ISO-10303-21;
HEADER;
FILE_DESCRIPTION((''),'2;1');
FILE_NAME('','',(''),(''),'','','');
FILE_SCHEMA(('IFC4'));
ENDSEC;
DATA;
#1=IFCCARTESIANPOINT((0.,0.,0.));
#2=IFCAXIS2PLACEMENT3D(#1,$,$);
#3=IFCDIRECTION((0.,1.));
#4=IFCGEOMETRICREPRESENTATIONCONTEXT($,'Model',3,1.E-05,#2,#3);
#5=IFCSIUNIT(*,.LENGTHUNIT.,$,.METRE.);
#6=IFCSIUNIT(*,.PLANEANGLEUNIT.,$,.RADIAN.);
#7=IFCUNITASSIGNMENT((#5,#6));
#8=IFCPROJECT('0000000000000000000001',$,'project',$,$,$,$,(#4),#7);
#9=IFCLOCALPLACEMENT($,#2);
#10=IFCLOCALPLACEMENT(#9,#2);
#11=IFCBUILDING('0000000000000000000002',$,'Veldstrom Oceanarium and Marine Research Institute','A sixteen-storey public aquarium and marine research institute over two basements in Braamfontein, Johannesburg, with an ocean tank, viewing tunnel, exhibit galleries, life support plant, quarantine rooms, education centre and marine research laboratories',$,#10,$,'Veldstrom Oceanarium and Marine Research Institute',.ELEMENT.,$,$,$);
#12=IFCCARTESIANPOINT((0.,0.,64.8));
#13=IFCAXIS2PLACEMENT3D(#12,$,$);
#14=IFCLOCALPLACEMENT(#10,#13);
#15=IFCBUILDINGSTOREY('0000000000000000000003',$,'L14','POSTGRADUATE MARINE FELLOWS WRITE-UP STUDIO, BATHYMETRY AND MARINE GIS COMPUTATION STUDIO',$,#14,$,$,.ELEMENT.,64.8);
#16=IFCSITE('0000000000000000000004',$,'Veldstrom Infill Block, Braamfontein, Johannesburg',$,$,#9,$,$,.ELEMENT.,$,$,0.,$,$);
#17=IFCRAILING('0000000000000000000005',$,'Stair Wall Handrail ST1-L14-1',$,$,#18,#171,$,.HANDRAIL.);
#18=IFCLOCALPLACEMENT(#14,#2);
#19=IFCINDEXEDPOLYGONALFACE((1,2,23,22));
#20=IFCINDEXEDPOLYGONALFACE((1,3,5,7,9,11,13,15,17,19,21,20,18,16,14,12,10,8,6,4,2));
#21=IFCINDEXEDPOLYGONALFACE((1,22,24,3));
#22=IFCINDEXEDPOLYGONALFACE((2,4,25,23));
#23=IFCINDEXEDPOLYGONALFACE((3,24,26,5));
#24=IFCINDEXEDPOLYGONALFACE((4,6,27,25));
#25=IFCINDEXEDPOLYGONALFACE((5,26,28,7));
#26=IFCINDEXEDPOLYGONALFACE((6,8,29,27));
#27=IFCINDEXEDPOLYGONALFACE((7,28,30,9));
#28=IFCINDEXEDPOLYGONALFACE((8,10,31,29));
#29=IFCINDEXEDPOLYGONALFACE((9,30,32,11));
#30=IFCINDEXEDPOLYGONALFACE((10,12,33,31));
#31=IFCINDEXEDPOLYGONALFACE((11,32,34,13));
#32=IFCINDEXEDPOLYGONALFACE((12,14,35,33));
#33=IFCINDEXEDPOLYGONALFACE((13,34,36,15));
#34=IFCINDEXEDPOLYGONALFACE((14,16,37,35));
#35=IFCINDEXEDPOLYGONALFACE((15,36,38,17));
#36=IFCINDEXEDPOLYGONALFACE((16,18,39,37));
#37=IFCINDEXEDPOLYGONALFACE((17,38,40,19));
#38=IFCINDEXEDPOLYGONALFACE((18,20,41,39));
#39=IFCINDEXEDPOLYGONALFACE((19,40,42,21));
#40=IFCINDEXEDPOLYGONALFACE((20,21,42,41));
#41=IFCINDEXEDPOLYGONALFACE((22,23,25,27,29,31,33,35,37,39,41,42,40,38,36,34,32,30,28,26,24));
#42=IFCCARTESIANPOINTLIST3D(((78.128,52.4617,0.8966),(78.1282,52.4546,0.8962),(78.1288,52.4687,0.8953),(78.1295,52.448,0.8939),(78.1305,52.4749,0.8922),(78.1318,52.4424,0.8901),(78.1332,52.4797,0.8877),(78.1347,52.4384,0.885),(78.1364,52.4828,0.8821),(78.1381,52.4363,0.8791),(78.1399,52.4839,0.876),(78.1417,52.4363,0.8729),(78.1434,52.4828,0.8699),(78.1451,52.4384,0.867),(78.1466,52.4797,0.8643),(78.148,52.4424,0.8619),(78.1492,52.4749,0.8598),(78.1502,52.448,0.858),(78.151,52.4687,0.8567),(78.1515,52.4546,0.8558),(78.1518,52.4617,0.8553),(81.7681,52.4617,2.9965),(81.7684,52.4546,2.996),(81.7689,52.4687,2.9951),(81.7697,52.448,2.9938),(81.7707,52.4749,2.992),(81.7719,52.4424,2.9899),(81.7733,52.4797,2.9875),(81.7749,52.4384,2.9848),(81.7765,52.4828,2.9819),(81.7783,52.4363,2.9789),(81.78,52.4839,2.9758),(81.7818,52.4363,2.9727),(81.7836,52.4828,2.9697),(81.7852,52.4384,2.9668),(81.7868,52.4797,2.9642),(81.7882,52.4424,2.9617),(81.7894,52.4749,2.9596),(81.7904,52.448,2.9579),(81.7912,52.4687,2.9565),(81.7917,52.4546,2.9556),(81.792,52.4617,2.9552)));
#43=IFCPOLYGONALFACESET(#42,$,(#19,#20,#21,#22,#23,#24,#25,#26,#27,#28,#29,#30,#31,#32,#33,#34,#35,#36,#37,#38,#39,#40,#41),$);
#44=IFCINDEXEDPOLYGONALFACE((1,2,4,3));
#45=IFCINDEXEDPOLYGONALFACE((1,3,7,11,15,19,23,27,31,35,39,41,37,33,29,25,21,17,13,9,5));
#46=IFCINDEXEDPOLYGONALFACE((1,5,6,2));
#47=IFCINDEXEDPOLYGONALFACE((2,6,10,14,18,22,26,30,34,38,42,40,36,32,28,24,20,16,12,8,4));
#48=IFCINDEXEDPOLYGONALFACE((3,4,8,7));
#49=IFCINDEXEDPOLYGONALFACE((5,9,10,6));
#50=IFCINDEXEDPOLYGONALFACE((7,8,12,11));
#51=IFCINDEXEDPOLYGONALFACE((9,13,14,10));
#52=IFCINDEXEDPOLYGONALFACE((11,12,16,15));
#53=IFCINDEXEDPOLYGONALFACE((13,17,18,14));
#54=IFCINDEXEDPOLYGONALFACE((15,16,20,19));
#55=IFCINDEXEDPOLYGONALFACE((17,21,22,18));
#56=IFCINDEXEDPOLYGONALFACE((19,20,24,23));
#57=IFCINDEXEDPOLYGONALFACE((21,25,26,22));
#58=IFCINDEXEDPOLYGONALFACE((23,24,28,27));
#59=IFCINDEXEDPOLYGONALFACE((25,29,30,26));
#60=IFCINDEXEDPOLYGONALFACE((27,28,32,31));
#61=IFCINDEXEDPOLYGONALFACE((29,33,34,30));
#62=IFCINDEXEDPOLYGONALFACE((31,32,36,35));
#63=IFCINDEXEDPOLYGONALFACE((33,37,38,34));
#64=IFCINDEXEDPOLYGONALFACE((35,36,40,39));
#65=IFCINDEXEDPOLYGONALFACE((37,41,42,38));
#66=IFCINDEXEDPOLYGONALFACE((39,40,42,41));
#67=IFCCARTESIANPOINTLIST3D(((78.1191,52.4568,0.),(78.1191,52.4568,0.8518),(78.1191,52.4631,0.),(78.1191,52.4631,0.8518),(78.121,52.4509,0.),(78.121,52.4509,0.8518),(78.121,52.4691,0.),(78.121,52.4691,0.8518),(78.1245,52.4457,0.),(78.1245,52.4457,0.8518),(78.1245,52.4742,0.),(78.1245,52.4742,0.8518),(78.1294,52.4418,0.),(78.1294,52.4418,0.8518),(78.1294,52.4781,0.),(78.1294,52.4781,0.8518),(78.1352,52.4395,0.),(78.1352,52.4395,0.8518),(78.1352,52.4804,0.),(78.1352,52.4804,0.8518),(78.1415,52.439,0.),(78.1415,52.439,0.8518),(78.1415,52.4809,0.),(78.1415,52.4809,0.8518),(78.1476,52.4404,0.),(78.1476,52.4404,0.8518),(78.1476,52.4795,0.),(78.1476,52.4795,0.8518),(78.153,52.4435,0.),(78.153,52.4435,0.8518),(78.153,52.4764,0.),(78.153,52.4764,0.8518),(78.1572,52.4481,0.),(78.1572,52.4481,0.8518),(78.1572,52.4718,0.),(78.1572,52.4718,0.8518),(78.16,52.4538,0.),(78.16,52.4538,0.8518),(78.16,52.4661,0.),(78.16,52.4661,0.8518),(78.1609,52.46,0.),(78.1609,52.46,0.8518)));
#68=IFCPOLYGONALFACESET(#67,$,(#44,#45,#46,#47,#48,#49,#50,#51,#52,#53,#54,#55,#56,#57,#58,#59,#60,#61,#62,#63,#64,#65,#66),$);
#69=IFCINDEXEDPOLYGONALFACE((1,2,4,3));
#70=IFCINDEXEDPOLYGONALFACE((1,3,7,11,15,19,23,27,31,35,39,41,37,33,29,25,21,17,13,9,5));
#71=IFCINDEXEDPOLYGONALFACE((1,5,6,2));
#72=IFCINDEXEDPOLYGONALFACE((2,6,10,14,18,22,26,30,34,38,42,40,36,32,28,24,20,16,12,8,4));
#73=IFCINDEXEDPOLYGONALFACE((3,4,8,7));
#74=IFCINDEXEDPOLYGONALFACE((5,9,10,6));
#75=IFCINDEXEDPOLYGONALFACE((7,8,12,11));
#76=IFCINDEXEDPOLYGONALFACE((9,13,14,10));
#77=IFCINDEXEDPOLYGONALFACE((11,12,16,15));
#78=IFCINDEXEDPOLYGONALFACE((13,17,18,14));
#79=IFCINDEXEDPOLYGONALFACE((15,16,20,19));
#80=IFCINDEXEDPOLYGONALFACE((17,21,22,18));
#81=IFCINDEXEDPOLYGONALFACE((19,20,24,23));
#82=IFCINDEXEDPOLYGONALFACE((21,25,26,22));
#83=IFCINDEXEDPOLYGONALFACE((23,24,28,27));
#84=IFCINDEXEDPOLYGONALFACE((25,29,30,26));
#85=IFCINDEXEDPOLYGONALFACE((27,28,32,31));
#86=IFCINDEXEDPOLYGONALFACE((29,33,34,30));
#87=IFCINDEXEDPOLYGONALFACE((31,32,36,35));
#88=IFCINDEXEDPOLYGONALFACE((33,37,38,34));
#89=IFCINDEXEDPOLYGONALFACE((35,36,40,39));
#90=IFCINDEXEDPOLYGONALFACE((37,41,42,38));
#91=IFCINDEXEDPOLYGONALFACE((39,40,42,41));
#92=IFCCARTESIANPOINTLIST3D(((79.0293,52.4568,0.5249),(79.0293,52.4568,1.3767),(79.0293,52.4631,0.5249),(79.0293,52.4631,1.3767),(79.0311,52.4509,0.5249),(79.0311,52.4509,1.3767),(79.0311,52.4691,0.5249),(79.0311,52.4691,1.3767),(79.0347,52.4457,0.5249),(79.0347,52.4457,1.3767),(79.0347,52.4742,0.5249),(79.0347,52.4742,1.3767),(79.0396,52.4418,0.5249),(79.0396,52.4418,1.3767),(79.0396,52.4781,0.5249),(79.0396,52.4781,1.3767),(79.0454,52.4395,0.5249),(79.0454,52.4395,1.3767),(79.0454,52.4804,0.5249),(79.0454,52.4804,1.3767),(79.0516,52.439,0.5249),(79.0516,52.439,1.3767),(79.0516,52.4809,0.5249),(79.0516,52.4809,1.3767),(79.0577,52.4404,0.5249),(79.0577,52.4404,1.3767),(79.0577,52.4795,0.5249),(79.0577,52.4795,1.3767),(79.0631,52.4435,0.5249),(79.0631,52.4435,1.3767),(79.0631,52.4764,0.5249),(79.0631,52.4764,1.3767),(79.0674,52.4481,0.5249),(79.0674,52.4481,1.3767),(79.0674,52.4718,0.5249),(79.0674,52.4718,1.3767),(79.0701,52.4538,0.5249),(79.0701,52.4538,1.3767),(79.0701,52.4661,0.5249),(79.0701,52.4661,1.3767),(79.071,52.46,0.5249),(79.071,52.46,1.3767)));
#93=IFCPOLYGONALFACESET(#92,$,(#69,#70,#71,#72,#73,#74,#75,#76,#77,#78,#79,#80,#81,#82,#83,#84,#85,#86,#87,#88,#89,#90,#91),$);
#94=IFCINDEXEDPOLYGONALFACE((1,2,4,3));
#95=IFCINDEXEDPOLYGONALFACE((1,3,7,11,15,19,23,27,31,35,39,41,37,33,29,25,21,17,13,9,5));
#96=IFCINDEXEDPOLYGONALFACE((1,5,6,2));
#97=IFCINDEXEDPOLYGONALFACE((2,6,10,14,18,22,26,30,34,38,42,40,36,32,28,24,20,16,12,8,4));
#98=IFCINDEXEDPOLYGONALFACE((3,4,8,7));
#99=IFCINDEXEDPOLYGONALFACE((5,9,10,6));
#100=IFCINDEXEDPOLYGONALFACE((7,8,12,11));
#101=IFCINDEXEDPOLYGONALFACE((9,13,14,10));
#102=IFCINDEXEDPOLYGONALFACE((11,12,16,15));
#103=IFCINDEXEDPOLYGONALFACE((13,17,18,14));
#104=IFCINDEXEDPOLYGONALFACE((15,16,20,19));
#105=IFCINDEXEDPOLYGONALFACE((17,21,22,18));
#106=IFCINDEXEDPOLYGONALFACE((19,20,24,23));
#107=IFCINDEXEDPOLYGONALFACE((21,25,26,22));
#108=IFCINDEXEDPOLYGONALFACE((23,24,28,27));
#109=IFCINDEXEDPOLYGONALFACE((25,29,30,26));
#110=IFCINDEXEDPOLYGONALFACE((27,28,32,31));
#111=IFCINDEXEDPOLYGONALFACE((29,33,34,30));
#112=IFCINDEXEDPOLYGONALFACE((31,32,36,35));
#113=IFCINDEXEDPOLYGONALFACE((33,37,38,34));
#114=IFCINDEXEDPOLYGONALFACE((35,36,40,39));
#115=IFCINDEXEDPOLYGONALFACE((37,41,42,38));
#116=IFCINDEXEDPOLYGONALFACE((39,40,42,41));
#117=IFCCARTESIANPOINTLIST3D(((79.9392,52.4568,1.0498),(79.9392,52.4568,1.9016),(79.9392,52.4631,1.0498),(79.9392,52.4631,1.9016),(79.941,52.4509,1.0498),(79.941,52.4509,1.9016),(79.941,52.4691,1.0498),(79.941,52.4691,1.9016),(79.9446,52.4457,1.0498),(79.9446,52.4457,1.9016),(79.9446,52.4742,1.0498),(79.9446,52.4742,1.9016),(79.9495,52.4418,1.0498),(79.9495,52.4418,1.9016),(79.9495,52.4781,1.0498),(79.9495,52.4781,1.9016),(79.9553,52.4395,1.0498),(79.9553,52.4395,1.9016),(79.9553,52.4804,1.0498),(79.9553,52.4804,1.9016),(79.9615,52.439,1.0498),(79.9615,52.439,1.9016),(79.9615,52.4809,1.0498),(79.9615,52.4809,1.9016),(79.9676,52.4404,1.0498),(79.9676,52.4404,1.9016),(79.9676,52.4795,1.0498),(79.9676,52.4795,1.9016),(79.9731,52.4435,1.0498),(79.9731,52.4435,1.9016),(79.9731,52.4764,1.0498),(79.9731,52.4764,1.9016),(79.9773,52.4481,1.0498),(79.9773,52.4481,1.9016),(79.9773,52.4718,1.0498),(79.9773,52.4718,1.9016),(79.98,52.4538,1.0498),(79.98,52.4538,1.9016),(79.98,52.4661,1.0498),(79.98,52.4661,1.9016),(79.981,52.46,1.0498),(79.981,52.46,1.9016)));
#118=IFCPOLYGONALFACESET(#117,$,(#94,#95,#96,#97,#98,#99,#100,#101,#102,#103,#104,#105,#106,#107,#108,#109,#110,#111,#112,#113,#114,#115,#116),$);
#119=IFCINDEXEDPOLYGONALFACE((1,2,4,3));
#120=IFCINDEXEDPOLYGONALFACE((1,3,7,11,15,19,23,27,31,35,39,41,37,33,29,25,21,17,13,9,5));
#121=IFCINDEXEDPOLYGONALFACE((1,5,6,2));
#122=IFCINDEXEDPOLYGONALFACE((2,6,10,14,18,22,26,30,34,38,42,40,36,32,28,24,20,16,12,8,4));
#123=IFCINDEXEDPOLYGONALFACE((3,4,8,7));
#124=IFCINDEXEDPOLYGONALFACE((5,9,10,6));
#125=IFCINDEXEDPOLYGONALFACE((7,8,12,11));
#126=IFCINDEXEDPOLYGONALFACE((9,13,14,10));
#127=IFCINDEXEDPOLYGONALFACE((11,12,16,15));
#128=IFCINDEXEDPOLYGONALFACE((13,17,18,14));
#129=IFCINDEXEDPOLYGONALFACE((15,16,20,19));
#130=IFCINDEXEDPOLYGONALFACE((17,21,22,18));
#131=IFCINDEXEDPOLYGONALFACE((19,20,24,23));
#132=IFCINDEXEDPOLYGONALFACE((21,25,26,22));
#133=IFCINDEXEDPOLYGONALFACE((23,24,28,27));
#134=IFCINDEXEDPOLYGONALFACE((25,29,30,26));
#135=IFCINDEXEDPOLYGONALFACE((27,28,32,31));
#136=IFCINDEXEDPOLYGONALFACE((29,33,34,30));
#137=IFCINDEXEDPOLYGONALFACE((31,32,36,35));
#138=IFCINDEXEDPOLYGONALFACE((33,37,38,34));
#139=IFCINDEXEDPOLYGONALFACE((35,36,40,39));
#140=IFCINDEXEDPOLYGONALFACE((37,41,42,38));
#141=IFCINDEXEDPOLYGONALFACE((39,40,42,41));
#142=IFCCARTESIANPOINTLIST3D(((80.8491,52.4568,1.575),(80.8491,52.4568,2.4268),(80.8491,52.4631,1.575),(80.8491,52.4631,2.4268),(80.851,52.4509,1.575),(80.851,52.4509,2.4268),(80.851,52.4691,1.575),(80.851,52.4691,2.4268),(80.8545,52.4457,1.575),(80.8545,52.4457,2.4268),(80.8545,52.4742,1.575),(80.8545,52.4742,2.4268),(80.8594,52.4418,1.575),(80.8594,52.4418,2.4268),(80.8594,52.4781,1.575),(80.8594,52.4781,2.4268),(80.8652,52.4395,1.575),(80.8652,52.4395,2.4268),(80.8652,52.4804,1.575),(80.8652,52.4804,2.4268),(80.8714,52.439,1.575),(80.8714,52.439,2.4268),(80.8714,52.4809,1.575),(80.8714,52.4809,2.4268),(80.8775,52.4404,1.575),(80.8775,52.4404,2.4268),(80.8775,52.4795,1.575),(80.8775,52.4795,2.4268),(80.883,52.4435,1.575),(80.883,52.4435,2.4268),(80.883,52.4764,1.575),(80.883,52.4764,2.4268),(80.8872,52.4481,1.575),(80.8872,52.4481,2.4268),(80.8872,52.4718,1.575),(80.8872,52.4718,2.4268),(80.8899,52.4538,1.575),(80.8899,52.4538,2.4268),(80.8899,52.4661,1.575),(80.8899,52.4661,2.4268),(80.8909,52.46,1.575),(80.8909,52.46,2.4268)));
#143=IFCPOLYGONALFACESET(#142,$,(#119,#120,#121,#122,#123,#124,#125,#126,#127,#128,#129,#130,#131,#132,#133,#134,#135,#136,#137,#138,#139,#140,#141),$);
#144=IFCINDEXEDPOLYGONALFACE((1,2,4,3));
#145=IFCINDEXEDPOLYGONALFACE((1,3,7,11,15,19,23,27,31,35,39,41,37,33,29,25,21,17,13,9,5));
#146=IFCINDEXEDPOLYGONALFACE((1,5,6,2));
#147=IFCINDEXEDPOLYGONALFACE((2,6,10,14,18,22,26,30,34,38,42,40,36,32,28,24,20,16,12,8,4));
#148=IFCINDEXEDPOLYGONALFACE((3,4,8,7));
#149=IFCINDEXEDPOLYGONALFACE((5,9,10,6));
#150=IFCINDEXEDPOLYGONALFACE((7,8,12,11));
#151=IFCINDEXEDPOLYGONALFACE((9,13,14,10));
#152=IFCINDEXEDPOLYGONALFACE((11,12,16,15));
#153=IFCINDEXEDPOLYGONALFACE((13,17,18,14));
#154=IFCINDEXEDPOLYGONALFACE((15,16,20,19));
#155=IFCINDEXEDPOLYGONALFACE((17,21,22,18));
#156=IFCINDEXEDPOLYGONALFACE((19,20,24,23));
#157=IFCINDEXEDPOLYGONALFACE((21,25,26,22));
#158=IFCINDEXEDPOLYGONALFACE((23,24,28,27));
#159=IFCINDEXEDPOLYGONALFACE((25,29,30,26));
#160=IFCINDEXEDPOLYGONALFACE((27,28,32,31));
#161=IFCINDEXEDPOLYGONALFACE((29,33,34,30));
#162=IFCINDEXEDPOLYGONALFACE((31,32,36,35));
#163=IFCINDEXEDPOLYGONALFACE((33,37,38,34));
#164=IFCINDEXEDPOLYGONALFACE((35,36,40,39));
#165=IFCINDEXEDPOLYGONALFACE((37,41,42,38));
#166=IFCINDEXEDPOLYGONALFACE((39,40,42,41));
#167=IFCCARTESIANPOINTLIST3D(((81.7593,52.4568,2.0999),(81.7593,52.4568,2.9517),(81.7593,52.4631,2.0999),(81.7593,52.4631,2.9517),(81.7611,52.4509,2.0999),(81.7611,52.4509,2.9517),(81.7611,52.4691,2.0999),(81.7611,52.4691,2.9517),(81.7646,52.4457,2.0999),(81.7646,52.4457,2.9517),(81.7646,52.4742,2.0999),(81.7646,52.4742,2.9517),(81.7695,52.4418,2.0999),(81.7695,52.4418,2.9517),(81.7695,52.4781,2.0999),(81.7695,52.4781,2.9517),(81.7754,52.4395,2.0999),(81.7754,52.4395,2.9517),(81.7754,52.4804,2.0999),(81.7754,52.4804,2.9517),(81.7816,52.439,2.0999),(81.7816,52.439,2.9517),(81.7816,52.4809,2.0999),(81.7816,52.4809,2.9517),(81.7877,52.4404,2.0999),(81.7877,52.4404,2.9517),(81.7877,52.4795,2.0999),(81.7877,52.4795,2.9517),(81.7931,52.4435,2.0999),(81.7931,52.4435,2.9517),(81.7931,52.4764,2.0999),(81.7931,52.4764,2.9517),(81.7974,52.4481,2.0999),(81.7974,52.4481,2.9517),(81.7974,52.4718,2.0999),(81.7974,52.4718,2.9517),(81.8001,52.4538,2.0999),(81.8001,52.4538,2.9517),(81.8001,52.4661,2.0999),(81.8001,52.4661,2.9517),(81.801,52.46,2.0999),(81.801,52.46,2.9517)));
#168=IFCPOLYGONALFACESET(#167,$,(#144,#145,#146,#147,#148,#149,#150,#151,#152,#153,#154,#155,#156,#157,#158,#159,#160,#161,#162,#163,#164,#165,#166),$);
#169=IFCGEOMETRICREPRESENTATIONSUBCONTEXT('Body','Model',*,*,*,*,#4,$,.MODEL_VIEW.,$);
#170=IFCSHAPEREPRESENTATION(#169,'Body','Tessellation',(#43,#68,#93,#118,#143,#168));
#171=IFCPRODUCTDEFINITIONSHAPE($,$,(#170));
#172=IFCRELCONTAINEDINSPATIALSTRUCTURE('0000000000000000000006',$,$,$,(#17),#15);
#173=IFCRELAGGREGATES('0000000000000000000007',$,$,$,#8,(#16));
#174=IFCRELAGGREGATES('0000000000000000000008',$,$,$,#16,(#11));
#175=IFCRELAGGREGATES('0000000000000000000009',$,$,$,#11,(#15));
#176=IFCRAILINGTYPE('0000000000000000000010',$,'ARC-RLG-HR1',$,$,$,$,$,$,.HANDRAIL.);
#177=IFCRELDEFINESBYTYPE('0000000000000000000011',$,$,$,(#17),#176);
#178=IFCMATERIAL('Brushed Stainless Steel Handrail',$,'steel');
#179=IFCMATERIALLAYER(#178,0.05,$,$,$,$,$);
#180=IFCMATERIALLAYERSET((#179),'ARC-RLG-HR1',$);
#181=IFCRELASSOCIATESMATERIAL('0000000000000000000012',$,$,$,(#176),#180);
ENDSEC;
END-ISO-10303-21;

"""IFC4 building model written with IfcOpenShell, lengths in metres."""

from ifc_helpers import new_model, si_unit, direction, frame, origin, origin_2d, place, context, subcontext, project, spatial, circle, extrude, material, layer, layer_set, type_object, element, save


model = new_model("IFC4")

# Units and contexts
model_context = context("Model", 3, precision=1e-05, world=origin(), true_north=direction((0.0, 1.0)))
body_context = subcontext(model_context, "Body", "Model", "MODEL_VIEW")
ifc_project = project(units=[si_unit("LENGTHUNIT", "METRE"), si_unit("PLANEANGLEUNIT", "RADIAN")], contexts=[model_context])

# Site, building, storey
site_placement = place(None, origin())
site = spatial("IfcSite", under=ifc_project, at=site_placement, Name="Veldstrom Infill Block, Braamfontein, Johannesburg", CompositionType="ELEMENT", RefElevation=0.0)
building_placement = place(site_placement, origin())
building = spatial("IfcBuilding", under=site, at=building_placement, Name="Veldstrom Oceanarium and Marine Research Institute", Description="A sixteen-storey public aquarium and marine research institute over two basements in Braamfontein, Johannesburg, with an ocean tank, viewing tunnel, exhibit galleries, life support plant, quarantine rooms, education centre and marine research laboratories", LongName="Veldstrom Oceanarium and Marine Research Institute", CompositionType="ELEMENT")
storey_placement = place(building_placement, frame((0.0, 0.0, 64.8)))
storey = spatial("IfcBuildingStorey", under=building, at=storey_placement, Name="L14", Description="POSTGRADUATE MARINE FELLOWS WRITE-UP STUDIO, BATHYMETRY AND MARINE GIS COMPUTATION STUDIO", CompositionType="ELEMENT", Elevation=64.8)

# Railing
ifc_material_1 = material(Name="Brushed Stainless Steel Handrail", Category="steel")
ifc_layer_1 = layer(ifc_material_1, 0.05)
ifc_layer_set_1 = layer_set([ifc_layer_1], Name="ARC-RLG-HR1")
railing_type_1 = type_object("IfcRailingType", Name="ARC-RLG-HR1", PredefinedType="HANDRAIL", material=ifc_layer_set_1)
railing_1_placement = place(storey_placement, frame((78.1399, 52.46, 0.0)))
element("IfcRailing", 1, at=railing_1_placement, inside=storey, type_object=railing_type_1, Name="Stair Wall Handrail ST1-L14-1", PredefinedType="HANDRAIL", context=body_context, shape_type="SweptSolid", body=[
    extrude(circle(Radius=0.0239, at=origin_2d()), frame((0.0, 0.0, 0.876), z_axis=(0.866209, 0.0, 0.499682), x_axis=(0.0, 1.0, 0.0)), (0.0, 0.0, 1.0), 4.2024),
    extrude(circle(Radius=0.021, at=origin_2d()), origin(), (0.0, 0.0, 1.0), 0.8518),
    extrude(circle(Radius=0.021, at=origin_2d()), frame((0.9102, 0.0, 0.5249)), (0.0, 0.0, 1.0), 0.8518),
    extrude(circle(Radius=0.021, at=origin_2d()), frame((1.8201, 0.0, 1.0498)), (0.0, 0.0, 1.0), 0.8518),
    extrude(circle(Radius=0.021, at=origin_2d()), frame((2.73, 0.0, 1.575)), (0.0, 0.0, 1.0), 0.8518),
    extrude(circle(Radius=0.021, at=origin_2d()), frame((3.6401, 0.0, 2.0999)), (0.0, 0.0, 1.0), 0.8518),
])

save(model, "model.ifc")
